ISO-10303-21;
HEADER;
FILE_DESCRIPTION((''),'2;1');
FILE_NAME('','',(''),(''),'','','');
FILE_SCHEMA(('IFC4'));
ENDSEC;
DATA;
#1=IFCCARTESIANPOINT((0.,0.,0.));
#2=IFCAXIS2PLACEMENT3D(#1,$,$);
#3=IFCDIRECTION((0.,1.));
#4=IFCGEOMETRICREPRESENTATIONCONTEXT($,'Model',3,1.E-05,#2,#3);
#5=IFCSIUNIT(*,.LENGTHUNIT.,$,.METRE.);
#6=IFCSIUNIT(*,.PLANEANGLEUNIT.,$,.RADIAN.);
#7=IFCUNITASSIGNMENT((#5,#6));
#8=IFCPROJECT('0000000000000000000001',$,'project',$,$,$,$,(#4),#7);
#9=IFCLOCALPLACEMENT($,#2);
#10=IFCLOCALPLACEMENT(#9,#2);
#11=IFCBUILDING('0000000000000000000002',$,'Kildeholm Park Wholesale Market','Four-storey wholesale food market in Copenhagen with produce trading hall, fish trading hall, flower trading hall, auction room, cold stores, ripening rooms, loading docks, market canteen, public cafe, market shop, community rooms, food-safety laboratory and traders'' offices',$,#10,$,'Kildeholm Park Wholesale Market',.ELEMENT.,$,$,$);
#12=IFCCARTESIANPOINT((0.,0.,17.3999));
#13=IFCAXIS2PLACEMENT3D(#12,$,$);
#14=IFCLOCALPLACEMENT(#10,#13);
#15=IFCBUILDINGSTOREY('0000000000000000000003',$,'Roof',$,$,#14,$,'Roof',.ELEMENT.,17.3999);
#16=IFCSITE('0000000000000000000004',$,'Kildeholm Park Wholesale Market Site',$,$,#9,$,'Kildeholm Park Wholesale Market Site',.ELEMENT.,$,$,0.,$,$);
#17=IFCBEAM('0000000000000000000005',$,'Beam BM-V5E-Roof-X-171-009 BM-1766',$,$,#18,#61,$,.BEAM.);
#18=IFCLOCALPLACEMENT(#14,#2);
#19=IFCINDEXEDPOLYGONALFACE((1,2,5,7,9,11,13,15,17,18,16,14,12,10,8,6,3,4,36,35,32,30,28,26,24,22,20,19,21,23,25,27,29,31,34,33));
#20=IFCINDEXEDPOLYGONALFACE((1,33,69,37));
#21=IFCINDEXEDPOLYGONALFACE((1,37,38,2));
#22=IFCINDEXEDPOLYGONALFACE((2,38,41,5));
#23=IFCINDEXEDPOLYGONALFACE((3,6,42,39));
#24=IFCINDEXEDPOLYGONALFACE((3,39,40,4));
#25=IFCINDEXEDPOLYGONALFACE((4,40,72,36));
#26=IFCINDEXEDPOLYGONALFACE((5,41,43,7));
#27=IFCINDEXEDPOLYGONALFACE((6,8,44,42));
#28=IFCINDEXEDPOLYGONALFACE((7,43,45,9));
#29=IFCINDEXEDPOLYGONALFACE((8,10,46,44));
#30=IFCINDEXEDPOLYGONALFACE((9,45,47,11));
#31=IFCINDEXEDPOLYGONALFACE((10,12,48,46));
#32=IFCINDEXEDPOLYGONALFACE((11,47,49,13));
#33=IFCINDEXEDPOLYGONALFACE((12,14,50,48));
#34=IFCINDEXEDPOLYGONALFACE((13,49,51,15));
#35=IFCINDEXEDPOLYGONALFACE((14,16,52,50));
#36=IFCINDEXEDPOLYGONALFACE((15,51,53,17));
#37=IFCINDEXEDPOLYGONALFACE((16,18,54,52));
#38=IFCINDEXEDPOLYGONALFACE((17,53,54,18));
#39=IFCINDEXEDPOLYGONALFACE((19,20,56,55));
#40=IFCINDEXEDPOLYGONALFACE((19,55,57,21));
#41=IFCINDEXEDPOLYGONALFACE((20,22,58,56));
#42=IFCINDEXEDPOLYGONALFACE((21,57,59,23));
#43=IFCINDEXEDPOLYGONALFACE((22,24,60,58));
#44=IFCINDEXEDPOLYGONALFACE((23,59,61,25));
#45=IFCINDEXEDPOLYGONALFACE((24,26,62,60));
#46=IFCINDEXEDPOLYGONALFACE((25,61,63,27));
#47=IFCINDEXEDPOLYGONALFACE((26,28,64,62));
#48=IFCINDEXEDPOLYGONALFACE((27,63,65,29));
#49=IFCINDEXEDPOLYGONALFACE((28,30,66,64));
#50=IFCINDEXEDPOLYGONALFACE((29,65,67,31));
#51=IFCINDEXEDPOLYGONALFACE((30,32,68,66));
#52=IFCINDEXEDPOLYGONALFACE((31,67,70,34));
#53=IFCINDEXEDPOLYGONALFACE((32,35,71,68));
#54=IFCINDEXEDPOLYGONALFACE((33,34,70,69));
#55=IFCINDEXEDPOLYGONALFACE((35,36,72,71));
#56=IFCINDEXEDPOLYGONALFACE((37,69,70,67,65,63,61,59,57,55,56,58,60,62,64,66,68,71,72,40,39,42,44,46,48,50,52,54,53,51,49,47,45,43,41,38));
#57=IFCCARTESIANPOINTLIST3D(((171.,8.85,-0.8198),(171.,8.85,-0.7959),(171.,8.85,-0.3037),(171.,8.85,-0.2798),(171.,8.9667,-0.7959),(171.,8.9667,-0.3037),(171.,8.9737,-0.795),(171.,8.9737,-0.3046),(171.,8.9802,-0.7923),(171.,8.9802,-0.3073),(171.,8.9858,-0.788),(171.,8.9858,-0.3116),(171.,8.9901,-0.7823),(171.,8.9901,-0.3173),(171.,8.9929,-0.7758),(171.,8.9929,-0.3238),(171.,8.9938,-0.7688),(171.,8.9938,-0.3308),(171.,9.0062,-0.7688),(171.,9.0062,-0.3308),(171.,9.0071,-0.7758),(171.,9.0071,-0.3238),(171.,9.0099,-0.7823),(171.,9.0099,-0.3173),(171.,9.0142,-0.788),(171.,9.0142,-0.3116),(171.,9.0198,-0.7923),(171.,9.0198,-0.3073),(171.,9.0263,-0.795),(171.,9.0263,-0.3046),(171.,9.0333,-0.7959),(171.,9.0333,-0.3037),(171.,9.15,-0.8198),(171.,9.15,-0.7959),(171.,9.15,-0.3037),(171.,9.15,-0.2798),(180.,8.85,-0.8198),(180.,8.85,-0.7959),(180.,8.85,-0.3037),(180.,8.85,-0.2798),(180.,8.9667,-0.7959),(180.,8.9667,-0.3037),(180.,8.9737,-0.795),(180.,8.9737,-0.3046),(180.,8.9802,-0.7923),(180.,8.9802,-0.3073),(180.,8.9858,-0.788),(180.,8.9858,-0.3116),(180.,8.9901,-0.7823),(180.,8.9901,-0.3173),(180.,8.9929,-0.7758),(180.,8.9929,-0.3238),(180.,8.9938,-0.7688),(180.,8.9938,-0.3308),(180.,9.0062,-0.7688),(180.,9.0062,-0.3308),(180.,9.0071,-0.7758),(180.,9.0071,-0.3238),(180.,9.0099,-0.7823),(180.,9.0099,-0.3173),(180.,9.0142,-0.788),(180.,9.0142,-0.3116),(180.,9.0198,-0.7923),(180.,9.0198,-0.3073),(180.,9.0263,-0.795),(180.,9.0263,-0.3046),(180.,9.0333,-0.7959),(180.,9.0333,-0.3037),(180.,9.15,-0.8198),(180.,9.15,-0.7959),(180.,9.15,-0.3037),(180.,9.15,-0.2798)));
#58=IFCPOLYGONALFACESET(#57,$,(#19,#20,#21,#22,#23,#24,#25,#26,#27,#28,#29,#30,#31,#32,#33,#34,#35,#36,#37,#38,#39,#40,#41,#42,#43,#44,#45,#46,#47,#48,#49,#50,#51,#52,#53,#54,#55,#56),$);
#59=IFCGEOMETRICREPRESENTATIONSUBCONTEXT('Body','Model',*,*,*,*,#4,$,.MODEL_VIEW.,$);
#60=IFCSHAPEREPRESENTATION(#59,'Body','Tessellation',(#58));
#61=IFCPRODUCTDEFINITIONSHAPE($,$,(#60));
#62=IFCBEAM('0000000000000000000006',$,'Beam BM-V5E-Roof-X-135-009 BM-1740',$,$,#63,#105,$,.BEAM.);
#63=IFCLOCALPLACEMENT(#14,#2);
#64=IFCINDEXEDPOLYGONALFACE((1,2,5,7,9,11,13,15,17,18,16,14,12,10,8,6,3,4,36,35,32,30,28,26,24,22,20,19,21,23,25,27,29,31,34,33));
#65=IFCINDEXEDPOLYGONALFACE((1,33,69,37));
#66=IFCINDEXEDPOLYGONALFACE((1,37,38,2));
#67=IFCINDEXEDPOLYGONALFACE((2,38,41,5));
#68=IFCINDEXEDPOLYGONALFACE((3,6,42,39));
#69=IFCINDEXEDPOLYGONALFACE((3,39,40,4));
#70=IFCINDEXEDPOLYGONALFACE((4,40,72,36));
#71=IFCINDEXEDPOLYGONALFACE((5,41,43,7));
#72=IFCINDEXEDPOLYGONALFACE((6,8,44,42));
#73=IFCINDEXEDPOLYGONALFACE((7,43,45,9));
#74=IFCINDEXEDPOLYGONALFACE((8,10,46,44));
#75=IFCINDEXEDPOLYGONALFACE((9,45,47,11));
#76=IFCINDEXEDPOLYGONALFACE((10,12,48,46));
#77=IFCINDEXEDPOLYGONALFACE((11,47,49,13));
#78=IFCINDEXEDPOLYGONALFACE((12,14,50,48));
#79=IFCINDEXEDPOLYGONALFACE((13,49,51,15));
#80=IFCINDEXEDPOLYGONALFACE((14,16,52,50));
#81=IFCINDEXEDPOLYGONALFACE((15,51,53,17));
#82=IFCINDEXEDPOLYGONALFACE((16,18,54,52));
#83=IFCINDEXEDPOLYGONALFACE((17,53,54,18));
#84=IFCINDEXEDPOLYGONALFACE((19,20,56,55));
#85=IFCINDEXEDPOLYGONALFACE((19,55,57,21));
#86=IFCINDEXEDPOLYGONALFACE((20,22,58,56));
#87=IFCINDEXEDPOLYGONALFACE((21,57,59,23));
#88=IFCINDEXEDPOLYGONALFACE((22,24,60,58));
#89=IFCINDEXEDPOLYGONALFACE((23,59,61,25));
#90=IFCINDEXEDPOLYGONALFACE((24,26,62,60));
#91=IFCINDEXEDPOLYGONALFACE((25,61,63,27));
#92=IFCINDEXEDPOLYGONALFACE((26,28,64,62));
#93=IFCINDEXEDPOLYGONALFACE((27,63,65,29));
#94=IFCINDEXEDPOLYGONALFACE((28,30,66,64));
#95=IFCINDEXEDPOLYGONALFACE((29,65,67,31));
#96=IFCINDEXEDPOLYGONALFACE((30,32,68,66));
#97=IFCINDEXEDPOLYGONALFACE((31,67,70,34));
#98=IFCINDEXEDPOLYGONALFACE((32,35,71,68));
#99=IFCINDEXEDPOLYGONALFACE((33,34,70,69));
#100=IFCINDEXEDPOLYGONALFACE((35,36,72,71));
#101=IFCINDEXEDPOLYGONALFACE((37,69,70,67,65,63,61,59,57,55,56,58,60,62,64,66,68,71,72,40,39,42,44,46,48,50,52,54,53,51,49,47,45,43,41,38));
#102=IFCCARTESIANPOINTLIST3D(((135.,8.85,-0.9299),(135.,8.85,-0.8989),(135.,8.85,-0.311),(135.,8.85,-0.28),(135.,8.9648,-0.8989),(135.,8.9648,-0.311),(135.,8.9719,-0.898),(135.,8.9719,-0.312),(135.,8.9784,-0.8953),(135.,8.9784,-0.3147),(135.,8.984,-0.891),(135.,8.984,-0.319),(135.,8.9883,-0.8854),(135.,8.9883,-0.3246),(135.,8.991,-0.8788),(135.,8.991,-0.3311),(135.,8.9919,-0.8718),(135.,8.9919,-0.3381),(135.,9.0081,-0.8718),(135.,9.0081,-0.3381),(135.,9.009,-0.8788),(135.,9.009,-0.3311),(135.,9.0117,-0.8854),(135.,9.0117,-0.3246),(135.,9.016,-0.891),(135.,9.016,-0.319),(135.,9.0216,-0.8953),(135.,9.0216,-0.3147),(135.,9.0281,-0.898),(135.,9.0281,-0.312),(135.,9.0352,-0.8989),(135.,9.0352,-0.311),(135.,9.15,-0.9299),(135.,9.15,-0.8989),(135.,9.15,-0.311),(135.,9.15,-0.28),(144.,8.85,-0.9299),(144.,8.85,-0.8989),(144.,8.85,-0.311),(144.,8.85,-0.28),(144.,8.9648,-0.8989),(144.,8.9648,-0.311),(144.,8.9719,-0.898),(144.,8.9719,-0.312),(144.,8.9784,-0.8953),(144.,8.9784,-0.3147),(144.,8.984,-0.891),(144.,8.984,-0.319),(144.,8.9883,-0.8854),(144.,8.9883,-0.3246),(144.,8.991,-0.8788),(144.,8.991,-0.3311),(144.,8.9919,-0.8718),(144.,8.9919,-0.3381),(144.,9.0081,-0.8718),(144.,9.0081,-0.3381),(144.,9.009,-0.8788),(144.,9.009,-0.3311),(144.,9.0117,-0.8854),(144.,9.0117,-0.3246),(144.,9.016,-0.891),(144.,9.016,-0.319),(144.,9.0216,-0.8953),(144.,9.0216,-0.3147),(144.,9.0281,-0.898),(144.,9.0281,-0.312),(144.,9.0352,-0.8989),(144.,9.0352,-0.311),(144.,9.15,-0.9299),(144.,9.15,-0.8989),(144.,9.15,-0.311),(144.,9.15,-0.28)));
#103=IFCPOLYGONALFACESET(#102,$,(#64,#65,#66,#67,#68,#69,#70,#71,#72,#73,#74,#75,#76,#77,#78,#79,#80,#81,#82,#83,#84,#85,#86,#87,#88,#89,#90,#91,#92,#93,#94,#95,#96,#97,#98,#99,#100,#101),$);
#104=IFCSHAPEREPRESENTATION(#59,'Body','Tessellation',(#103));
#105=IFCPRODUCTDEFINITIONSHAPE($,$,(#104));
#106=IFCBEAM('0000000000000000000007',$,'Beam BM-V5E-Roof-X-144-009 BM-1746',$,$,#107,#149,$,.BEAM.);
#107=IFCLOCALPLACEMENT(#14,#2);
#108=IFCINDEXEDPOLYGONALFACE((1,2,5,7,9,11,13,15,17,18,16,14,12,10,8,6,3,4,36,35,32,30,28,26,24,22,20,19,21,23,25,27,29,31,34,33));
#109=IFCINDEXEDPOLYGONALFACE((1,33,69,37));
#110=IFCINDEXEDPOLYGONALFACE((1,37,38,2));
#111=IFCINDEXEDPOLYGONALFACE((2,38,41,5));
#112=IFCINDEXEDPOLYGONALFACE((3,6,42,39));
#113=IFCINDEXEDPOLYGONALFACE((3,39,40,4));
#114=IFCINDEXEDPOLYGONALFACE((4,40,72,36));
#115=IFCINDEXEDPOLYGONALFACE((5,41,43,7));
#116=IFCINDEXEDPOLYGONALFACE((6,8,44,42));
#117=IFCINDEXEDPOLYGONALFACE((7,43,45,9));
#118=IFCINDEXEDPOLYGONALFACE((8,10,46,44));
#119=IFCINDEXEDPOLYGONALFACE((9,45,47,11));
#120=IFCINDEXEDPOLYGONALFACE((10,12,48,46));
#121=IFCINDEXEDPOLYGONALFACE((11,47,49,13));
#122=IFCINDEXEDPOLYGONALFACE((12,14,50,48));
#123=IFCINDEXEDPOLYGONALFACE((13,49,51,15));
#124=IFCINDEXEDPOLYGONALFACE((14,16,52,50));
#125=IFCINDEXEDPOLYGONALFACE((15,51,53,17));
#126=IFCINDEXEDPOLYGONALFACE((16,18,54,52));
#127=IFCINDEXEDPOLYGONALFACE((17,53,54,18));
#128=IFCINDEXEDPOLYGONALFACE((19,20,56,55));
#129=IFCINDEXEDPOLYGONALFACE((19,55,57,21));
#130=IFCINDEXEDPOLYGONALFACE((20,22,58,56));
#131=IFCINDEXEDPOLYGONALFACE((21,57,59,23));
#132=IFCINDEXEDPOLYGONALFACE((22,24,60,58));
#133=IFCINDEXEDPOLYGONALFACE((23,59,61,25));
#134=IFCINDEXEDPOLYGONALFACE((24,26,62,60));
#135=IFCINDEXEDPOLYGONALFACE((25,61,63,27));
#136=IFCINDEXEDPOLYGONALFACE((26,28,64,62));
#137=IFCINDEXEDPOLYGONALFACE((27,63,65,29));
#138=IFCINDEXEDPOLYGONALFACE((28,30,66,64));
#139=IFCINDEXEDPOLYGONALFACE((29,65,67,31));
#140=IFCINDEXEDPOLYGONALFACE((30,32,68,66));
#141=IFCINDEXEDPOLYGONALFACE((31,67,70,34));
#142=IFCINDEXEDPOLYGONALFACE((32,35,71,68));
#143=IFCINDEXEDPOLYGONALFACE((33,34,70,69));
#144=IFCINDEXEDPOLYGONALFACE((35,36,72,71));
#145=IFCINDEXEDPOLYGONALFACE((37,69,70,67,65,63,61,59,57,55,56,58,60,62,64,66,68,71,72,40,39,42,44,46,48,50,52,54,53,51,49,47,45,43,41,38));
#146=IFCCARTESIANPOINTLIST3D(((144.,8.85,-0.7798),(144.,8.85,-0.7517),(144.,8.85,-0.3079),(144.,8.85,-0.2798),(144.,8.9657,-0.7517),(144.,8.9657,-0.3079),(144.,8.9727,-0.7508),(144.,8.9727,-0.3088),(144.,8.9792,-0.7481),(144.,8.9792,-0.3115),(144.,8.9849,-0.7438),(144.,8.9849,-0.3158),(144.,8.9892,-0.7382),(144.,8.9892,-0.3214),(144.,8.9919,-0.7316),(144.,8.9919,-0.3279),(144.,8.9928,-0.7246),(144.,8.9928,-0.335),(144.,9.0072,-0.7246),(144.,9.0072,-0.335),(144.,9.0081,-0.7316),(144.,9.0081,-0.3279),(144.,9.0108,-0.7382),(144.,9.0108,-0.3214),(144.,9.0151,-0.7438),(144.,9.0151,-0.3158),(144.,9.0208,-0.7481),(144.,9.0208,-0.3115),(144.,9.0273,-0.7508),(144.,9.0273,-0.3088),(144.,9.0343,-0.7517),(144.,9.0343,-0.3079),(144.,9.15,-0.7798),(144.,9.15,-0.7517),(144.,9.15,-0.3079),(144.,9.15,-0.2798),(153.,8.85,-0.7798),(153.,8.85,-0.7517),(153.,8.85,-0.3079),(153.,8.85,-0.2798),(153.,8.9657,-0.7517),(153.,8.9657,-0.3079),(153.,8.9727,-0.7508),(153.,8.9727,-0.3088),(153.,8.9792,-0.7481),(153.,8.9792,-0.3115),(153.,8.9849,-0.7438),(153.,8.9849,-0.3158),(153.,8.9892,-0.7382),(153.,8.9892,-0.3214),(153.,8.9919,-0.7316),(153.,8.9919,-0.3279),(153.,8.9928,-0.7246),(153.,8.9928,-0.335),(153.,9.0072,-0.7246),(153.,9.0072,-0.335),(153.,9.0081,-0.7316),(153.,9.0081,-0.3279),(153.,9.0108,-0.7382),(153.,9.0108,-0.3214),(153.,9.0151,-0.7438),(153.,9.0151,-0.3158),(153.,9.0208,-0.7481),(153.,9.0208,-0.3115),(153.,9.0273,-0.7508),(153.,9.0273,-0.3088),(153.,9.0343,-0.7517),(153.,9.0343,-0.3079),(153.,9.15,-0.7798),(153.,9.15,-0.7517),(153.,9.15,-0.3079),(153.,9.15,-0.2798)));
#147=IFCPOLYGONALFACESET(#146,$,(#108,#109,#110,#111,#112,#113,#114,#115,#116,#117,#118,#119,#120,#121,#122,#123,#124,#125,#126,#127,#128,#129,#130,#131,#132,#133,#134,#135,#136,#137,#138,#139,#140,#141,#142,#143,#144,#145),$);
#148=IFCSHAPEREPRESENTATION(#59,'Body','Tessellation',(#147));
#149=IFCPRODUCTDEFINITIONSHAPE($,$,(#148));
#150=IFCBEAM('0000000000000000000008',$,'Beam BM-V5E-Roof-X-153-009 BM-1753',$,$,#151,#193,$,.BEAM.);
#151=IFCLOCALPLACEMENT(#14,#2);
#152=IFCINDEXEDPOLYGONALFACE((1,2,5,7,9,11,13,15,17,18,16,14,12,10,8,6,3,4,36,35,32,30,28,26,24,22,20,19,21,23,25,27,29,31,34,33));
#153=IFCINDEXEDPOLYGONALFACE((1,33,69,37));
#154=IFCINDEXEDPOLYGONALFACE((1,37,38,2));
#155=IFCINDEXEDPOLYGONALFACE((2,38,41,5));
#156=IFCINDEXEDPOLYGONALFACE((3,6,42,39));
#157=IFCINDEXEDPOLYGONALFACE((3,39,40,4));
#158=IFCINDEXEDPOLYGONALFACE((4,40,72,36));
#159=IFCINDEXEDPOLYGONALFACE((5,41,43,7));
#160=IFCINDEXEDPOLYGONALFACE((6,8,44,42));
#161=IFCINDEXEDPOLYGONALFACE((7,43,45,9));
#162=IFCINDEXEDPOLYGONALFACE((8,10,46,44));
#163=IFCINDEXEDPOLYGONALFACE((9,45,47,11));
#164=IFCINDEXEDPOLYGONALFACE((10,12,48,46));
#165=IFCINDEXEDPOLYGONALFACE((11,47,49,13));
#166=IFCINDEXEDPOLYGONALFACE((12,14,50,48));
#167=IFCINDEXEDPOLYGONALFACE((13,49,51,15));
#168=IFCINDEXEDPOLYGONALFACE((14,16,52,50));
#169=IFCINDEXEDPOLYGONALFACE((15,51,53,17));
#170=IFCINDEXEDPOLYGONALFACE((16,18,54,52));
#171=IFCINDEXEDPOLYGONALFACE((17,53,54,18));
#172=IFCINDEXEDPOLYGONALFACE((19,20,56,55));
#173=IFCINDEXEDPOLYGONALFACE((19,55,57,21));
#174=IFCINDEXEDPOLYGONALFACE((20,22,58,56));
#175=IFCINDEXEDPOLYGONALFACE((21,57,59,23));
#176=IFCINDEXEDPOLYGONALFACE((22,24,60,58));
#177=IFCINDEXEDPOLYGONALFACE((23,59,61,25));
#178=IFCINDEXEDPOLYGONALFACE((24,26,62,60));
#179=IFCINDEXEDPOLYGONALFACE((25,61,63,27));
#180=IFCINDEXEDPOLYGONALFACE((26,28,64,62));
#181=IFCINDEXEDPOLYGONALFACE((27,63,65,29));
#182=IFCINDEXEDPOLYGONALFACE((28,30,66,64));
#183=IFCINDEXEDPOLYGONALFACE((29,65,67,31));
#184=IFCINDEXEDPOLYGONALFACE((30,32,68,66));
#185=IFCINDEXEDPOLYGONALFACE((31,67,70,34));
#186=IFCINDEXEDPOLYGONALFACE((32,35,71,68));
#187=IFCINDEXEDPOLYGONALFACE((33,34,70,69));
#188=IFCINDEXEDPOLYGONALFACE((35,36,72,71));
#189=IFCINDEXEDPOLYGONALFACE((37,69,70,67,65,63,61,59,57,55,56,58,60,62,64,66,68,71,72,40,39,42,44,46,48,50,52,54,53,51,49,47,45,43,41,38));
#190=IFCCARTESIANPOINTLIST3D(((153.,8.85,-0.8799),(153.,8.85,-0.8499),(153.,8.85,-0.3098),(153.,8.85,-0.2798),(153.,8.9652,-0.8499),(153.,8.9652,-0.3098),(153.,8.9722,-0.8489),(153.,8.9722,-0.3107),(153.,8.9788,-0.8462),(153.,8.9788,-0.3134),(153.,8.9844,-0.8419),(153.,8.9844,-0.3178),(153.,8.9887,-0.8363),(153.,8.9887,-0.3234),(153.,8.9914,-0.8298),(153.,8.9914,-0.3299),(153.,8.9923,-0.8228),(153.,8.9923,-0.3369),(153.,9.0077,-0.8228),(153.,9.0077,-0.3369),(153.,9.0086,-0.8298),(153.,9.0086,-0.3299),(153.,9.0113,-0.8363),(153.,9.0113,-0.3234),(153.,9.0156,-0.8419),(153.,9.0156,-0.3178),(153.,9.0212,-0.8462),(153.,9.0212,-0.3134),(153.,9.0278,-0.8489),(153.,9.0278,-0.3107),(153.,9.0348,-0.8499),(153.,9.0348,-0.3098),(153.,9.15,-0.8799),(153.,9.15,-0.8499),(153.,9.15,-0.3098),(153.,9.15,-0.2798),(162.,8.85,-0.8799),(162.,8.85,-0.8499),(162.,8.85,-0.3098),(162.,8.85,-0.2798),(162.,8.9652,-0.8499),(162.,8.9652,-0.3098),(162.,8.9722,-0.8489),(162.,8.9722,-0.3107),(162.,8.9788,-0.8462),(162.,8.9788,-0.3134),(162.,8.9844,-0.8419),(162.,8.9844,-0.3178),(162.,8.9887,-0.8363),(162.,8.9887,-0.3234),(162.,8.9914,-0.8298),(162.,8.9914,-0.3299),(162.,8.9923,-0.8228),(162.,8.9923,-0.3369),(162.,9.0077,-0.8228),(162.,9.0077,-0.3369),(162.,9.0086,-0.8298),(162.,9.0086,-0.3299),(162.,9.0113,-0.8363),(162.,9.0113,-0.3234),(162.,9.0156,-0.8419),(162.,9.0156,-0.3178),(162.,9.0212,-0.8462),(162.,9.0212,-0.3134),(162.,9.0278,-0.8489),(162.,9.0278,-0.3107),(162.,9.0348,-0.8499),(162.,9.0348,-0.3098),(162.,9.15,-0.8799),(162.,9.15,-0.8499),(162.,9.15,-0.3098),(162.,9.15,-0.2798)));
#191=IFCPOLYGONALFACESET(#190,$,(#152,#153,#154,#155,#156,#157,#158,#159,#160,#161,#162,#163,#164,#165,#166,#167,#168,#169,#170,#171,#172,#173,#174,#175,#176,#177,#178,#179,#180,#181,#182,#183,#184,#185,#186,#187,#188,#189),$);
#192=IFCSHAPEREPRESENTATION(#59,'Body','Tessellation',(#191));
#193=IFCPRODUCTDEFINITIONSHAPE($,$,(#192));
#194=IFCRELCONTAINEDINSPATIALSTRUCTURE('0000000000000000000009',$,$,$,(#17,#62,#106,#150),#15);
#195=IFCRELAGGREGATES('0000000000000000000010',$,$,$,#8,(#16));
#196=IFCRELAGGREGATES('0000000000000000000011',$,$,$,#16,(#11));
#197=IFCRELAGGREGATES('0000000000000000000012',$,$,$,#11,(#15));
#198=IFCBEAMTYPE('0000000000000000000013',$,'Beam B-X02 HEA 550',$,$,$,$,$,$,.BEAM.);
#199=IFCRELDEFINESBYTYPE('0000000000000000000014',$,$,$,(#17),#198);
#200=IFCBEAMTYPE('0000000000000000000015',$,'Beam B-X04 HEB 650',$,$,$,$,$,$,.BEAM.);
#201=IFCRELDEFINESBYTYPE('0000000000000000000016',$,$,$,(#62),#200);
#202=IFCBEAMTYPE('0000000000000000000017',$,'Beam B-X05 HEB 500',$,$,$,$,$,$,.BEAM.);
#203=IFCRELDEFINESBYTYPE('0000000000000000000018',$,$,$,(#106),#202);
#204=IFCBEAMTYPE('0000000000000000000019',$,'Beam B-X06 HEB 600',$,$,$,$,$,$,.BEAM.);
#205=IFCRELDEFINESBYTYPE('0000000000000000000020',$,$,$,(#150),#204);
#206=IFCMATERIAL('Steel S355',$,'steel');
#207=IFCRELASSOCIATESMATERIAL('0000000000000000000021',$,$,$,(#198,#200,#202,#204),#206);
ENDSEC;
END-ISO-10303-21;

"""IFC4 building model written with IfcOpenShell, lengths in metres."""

from ifc_helpers import new_model, si_unit, direction, frame, origin, origin_2d, place, context, subcontext, project, spatial, i_section, extrude, material, material_profile, profile_set, type_object, element, save


model = new_model("IFC4")

# Units and contexts
model_context = context("Model", 3, precision=1e-05, world=origin(), true_north=direction((0.0, 1.0)))
body_context = subcontext(model_context, "Body", "Model", "MODEL_VIEW")
ifc_project = project(units=[si_unit("LENGTHUNIT", "METRE"), si_unit("PLANEANGLEUNIT", "RADIAN")], contexts=[model_context])

# Site, building, storey
site_placement = place(None, origin())
site = spatial("IfcSite", under=ifc_project, at=site_placement, Name="Kildeholm Park Wholesale Market Site", LongName="Kildeholm Park Wholesale Market Site", CompositionType="ELEMENT", RefElevation=0.0)
building_placement = place(site_placement, origin())
building = spatial("IfcBuilding", under=site, at=building_placement, Name="Kildeholm Park Wholesale Market", Description="Four-storey wholesale food market in Copenhagen with produce trading hall, fish trading hall, flower trading hall, auction room, cold stores, ripening rooms, loading docks, market canteen, public cafe, market shop, community rooms, food-safety laboratory and traders' offices", LongName="Kildeholm Park Wholesale Market", CompositionType="ELEMENT")
storey_placement = place(building_placement, frame((0.0, 0.0, 17.3999)))
storey = spatial("IfcBuildingStorey", under=building, at=storey_placement, Name="Roof", LongName="Roof", CompositionType="ELEMENT", Elevation=17.3999)

# Beams
ifc_material = material(Name="Steel S355", Category="steel")
ifc_material_profile_1 = material_profile(ifc_material, i_section(OverallWidth=0.3, OverallDepth=0.54, WebThickness=0.0125, FlangeThickness=0.0239, FilletRadius=0.0271, at=origin_2d()), Name="HEA 550")
ifc_profile_set_1 = profile_set([ifc_material_profile_1], Name="Steel S355")
beam_type_1 = type_object("IfcBeamType", Name="Beam B-X02 HEA 550", PredefinedType="BEAM", material=ifc_profile_set_1)
beam_1_placement = place(storey_placement, frame((171.0, 9.0, -0.5498), z_axis=(1.0, 0.0, 0.0), x_axis=(0.0, 1.0, 0.0)))
element("IfcBeam", 1, at=beam_1_placement, inside=storey, type_object=beam_type_1, Name="Beam BM-V5E-Roof-X-171-009 BM-1766", PredefinedType="BEAM", context=body_context, shape_type="SweptSolid", body=[
    extrude(i_section(OverallWidth=0.3, OverallDepth=0.54, WebThickness=0.0125, FlangeThickness=0.0239, FilletRadius=0.0271, at=origin_2d()), origin(), (0.0, 0.0, 1.0), 9.0),
])
ifc_material_profile_2 = material_profile(ifc_material, i_section(OverallWidth=0.3, OverallDepth=0.6499, WebThickness=0.0161, FlangeThickness=0.031, FilletRadius=0.0271, at=origin_2d()), Name="HEB 650")
ifc_profile_set_2 = profile_set([ifc_material_profile_2], Name="Steel S355")
beam_type_2 = type_object("IfcBeamType", Name="Beam B-X04 HEB 650", PredefinedType="BEAM", material=ifc_profile_set_2)
beam_2_placement = place(storey_placement, frame((135.0, 9.0, -0.605), z_axis=(1.0, 0.0, 0.0), x_axis=(0.0, 1.0, 0.0)))
element("IfcBeam", 2, at=beam_2_placement, inside=storey, type_object=beam_type_2, Name="Beam BM-V5E-Roof-X-135-009 BM-1740", PredefinedType="BEAM", context=body_context, shape_type="SweptSolid", body=[
    extrude(i_section(OverallWidth=0.3, OverallDepth=0.6499, WebThickness=0.0161, FlangeThickness=0.031, FilletRadius=0.0271, at=origin_2d()), origin(), (0.0, 0.0, 1.0), 9.0),
])
ifc_material_profile_3 = material_profile(ifc_material, i_section(OverallWidth=0.3, OverallDepth=0.5, WebThickness=0.0144, FlangeThickness=0.0281, FilletRadius=0.0271, at=origin_2d()), Name="HEB 500")
ifc_profile_set_3 = profile_set([ifc_material_profile_3], Name="Steel S355")
beam_type_3 = type_object("IfcBeamType", Name="Beam B-X05 HEB 500", PredefinedType="BEAM", material=ifc_profile_set_3)
beam_3_placement = place(storey_placement, frame((144.0, 9.0, -0.5298), z_axis=(1.0, 0.0, 0.0), x_axis=(0.0, 1.0, 0.0)))
element("IfcBeam", 3, at=beam_3_placement, inside=storey, type_object=beam_type_3, Name="Beam BM-V5E-Roof-X-144-009 BM-1746", PredefinedType="BEAM", context=body_context, shape_type="SweptSolid", body=[
    extrude(i_section(OverallWidth=0.3, OverallDepth=0.5, WebThickness=0.0144, FlangeThickness=0.0281, FilletRadius=0.0271, at=origin_2d()), origin(), (0.0, 0.0, 1.0), 9.0),
])
ifc_material_profile_4 = material_profile(ifc_material, i_section(OverallWidth=0.3, OverallDepth=0.6001, WebThickness=0.0154, FlangeThickness=0.03, FilletRadius=0.0271, at=origin_2d()), Name="HEB 600")
ifc_profile_set_4 = profile_set([ifc_material_profile_4], Name="Steel S355")
beam_type_4 = type_object("IfcBeamType", Name="Beam B-X06 HEB 600", PredefinedType="BEAM", material=ifc_profile_set_4)
beam_4_placement = place(storey_placement, frame((153.0, 9.0, -0.5798), z_axis=(1.0, 0.0, 0.0), x_axis=(0.0, 1.0, 0.0)))
element("IfcBeam", 4, at=beam_4_placement, inside=storey, type_object=beam_type_4, Name="Beam BM-V5E-Roof-X-153-009 BM-1753", PredefinedType="BEAM", context=body_context, shape_type="SweptSolid", body=[
    extrude(i_section(OverallWidth=0.3, OverallDepth=0.6001, WebThickness=0.0154, FlangeThickness=0.03, FilletRadius=0.0271, at=origin_2d()), origin(), (0.0, 0.0, 1.0), 9.0),
])

save(model, "model.ifc")
